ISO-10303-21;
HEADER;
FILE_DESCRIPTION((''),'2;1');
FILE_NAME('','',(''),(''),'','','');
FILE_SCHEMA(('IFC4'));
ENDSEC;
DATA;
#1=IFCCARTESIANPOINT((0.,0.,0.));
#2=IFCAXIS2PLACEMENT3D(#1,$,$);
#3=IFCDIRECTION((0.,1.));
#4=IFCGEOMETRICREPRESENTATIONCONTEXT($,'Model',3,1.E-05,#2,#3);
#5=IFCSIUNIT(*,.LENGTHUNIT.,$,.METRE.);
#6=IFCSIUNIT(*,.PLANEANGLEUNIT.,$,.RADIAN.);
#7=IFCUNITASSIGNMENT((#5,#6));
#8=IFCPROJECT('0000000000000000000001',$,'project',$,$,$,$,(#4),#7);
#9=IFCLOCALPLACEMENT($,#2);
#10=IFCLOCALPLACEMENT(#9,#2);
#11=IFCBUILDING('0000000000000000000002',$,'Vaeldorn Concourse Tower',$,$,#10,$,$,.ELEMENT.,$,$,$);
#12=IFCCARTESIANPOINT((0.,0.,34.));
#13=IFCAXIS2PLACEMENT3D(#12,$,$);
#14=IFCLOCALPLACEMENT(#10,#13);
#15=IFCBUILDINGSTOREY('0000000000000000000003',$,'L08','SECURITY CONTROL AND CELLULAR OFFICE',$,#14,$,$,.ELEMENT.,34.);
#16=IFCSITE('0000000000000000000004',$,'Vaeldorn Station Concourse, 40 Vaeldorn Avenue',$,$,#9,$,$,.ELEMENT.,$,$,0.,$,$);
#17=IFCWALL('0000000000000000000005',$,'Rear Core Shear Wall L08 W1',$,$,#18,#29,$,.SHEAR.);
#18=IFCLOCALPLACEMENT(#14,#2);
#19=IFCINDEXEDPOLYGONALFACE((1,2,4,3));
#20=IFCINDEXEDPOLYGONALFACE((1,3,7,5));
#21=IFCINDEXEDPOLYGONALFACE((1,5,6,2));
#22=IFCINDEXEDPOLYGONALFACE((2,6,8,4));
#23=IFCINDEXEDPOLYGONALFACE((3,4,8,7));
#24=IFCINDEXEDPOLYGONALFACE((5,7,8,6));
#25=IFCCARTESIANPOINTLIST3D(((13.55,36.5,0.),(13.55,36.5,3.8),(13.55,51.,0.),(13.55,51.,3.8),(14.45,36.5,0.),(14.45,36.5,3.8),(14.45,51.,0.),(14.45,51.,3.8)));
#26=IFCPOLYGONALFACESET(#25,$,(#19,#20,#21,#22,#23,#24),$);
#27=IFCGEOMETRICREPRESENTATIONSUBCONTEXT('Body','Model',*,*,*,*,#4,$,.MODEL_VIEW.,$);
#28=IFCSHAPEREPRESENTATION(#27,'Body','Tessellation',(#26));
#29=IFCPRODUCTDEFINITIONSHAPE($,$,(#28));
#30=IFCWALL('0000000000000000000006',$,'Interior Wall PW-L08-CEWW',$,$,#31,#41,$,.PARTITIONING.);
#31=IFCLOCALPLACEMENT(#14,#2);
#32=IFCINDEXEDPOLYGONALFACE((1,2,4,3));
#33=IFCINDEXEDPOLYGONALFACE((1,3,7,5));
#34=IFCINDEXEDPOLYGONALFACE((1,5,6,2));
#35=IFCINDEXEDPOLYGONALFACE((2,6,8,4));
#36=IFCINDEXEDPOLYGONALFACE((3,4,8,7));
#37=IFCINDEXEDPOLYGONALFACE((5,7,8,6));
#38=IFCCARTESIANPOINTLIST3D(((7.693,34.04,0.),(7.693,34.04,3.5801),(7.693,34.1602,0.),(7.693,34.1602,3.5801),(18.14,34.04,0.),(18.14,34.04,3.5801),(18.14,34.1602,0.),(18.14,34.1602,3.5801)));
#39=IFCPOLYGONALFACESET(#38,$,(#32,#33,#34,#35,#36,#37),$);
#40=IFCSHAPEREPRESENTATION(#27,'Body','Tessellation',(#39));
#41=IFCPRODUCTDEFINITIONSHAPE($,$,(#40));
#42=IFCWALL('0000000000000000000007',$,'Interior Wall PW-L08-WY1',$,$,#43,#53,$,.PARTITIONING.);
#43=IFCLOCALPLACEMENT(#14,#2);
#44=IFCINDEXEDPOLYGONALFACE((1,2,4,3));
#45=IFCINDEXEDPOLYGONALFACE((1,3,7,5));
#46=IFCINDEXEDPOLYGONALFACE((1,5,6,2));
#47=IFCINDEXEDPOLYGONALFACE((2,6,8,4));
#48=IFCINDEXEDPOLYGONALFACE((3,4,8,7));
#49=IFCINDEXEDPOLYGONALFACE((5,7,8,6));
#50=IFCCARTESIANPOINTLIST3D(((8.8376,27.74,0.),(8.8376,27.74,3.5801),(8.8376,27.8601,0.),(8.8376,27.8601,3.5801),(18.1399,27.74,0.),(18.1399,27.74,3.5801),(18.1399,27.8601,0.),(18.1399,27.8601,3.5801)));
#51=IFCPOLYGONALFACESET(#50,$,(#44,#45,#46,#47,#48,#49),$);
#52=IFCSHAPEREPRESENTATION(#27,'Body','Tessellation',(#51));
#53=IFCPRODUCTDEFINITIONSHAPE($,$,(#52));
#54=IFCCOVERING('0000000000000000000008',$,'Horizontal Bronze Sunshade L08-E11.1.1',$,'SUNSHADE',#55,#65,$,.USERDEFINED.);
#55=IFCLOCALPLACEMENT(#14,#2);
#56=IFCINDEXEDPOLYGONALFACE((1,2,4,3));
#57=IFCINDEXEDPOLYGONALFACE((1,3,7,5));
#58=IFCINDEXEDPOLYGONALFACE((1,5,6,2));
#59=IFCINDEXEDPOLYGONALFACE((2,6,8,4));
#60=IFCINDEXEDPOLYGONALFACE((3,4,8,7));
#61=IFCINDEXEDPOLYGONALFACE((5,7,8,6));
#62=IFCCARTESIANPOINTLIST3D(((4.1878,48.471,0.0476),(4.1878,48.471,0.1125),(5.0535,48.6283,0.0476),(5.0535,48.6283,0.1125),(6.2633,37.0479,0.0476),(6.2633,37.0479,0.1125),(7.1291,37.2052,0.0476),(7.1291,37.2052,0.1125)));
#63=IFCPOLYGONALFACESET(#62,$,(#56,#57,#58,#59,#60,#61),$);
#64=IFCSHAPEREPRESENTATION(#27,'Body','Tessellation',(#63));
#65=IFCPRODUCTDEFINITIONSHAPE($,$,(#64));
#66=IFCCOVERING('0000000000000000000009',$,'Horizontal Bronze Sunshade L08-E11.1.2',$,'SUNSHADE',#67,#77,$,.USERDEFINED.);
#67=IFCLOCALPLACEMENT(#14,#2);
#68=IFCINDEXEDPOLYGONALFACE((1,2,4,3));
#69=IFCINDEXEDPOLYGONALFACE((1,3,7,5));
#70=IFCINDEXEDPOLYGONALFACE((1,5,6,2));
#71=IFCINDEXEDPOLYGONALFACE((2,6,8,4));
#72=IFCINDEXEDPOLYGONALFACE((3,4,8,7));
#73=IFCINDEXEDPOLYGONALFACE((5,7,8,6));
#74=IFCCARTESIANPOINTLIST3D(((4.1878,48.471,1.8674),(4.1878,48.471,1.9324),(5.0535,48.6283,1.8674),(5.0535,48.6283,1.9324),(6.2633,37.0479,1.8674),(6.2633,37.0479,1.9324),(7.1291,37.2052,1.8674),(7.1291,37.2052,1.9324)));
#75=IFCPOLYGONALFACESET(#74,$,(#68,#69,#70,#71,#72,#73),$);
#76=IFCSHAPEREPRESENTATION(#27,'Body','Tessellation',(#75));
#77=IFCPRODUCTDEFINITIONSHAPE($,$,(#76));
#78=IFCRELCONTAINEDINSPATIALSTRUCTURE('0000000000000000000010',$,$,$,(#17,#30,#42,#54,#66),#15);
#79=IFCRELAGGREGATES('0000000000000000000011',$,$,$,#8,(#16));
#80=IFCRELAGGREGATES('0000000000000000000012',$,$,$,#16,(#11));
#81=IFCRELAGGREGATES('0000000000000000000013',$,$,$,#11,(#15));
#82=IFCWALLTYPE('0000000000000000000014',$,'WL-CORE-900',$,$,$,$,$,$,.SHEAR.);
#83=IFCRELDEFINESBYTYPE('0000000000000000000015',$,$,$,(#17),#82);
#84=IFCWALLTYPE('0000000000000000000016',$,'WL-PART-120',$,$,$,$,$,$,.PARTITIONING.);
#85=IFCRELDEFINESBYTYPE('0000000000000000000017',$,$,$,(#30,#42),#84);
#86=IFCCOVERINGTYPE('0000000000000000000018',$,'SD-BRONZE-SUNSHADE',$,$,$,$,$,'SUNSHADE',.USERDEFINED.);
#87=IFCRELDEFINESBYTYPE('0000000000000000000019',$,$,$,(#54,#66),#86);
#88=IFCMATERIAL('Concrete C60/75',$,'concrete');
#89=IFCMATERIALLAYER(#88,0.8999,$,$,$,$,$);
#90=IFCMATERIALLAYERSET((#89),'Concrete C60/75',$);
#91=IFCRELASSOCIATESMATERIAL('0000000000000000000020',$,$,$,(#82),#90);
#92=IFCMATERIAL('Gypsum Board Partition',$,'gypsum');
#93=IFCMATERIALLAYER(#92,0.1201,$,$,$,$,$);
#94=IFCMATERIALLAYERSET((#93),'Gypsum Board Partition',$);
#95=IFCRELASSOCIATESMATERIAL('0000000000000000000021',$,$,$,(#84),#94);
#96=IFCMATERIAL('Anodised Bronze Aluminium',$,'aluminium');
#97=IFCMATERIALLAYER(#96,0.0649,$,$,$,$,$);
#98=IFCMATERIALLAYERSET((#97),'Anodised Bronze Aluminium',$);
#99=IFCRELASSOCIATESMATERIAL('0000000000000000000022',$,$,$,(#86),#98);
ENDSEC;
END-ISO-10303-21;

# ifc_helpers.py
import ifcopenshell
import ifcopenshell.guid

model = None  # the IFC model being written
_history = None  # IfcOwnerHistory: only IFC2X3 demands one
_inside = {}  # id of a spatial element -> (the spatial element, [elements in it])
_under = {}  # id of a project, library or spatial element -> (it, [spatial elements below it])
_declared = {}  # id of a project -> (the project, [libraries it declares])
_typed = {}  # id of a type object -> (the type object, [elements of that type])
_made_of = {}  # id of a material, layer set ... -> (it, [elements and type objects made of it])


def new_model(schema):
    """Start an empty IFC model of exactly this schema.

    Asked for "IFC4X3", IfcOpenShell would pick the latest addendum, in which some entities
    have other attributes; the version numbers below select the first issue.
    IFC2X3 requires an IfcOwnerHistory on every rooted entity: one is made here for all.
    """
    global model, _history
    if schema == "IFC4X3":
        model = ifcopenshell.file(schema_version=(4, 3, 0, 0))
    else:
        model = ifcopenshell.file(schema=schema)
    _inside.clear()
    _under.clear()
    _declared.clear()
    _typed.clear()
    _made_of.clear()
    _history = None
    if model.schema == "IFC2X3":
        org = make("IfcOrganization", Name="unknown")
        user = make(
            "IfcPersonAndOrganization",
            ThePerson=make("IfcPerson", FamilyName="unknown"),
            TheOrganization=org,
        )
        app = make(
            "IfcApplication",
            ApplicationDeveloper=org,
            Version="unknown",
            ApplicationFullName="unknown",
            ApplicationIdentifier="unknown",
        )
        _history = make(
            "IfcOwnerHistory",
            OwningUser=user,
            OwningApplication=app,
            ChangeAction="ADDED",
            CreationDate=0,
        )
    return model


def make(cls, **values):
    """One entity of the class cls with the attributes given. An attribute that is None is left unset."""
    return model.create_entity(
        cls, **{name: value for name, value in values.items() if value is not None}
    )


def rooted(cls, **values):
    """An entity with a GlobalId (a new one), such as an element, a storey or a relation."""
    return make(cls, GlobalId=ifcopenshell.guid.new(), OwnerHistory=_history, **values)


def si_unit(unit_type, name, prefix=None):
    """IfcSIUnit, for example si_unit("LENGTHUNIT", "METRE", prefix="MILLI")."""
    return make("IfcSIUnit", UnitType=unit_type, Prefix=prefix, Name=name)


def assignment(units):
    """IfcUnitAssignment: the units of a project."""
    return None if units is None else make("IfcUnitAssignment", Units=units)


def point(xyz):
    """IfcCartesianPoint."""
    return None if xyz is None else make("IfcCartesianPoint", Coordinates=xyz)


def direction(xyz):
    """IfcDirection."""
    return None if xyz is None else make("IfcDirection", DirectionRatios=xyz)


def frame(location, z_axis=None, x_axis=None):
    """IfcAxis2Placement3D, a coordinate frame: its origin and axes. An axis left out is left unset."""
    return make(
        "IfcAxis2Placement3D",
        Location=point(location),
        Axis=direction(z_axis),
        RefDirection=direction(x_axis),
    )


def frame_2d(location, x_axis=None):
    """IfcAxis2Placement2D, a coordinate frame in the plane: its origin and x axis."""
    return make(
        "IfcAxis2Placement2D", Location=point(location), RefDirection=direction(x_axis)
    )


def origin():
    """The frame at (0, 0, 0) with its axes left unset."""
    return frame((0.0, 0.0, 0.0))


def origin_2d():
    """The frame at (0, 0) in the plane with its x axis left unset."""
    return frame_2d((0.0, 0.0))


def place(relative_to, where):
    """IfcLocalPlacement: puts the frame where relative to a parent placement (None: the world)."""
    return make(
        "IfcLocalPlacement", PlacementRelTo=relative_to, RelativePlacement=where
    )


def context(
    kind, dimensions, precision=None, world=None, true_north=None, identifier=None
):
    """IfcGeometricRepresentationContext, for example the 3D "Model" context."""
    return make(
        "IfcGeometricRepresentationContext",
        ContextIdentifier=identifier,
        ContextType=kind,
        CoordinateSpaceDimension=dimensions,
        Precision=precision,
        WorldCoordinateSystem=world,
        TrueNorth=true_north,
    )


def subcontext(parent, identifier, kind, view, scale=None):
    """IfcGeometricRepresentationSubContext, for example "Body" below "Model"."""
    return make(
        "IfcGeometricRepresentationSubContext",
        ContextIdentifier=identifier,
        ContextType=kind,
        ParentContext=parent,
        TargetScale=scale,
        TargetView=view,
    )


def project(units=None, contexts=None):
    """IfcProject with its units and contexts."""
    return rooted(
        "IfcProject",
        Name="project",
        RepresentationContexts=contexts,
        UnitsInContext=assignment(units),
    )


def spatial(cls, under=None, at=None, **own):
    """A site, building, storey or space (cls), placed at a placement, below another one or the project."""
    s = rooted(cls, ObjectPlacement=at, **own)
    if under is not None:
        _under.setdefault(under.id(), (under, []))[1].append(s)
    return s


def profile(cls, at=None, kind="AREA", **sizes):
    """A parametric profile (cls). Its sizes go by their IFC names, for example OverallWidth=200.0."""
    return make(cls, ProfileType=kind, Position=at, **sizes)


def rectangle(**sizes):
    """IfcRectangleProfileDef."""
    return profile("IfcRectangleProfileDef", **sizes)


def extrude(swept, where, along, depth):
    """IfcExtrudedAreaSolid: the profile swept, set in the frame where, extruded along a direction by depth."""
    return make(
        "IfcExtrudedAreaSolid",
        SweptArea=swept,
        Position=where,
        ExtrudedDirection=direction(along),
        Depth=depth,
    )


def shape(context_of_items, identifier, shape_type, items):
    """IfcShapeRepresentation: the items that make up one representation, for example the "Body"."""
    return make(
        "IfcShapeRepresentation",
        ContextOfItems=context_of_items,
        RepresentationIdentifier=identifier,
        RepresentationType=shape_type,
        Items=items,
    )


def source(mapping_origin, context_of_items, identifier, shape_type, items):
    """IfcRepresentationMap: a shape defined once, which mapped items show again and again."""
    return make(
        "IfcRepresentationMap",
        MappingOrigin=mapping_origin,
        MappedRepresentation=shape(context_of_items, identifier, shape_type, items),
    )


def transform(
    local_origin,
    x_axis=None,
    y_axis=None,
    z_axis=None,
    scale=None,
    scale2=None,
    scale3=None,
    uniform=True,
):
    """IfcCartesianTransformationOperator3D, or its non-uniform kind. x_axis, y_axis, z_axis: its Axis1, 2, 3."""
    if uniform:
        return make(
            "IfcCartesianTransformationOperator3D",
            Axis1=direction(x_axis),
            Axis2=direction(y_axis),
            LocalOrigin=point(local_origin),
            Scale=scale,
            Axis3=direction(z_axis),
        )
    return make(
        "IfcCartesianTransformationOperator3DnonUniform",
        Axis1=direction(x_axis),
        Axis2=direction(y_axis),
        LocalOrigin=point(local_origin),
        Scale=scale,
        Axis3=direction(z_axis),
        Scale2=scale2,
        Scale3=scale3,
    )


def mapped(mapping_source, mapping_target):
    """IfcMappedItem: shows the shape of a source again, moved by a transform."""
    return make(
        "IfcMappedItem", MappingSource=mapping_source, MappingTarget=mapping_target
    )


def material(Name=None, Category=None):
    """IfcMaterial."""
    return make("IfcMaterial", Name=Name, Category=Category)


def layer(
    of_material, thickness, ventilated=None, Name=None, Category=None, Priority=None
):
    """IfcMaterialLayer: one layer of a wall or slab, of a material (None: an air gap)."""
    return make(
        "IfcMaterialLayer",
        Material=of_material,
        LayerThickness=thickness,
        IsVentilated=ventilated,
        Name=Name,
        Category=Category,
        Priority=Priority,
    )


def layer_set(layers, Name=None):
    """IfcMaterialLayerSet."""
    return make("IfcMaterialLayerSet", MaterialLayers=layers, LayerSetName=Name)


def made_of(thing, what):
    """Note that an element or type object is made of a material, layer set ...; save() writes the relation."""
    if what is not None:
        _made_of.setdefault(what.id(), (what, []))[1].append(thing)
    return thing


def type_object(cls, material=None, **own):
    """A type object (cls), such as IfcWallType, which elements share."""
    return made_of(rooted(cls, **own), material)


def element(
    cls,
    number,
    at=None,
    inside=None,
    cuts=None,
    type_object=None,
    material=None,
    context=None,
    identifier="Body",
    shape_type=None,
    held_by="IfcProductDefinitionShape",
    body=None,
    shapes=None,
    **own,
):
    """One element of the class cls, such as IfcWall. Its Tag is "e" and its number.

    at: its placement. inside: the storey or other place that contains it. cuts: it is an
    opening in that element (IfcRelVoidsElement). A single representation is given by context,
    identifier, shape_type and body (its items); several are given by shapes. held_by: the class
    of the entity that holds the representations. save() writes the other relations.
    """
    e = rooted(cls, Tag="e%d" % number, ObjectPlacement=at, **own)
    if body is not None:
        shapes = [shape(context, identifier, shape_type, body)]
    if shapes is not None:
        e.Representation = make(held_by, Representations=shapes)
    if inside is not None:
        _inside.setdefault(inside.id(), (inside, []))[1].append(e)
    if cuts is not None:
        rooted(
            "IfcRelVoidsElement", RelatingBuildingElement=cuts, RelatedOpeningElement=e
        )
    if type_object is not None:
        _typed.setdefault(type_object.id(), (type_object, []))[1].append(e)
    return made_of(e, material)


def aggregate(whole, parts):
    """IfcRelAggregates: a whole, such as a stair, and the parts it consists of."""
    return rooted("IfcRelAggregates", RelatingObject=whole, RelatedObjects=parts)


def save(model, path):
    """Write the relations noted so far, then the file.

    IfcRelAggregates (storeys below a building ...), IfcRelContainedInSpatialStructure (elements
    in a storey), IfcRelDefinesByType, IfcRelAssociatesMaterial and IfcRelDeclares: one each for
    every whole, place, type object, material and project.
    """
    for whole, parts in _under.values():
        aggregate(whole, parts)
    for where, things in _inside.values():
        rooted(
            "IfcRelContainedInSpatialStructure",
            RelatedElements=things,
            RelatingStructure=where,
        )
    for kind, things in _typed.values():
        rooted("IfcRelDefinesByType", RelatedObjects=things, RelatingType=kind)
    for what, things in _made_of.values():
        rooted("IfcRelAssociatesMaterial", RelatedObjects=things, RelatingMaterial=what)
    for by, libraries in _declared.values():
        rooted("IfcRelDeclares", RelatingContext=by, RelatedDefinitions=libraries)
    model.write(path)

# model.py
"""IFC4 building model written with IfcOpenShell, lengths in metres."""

from ifc_helpers import new_model, si_unit, direction, frame, frame_2d, origin, origin_2d, place, context, subcontext, project, spatial, rectangle, extrude, source, transform, mapped, material, layer, layer_set, type_object, element, save


model = new_model("IFC4")

# Units and contexts
model_context = context("Model", 3, precision=1e-05, world=origin(), true_north=direction((0.0, 1.0)))
body_context = subcontext(model_context, "Body", "Model", "MODEL_VIEW")
ifc_project = project(units=[si_unit("LENGTHUNIT", "METRE"), si_unit("PLANEANGLEUNIT", "RADIAN")], contexts=[model_context])

# Site, building, storey
site_placement = place(None, origin())
site = spatial("IfcSite", under=ifc_project, at=site_placement, Name="Vaeldorn Station Concourse, 40 Vaeldorn Avenue", CompositionType="ELEMENT", RefElevation=0.0)
building_placement = place(site_placement, origin())
building = spatial("IfcBuilding", under=site, at=building_placement, Name="Vaeldorn Concourse Tower", CompositionType="ELEMENT")
storey_placement = place(building_placement, frame((0.0, 0.0, 34.0)))
storey = spatial("IfcBuildingStorey", under=building, at=storey_placement, Name="L08", Description="SECURITY CONTROL AND CELLULAR OFFICE", CompositionType="ELEMENT", Elevation=34.0)

# Shared definitions
ifc_material_1 = material(Name="Concrete C60/75", Category="concrete")

# Shared definitions
ifc_material_2 = material(Name="Anodised Bronze Aluminium", Category="aluminium")

# Walls
ifc_layer_1 = layer(ifc_material_1, 0.8999)
ifc_layer_set_1 = layer_set([ifc_layer_1], Name="Concrete C60/75")
wall_type_1 = type_object("IfcWallType", Name="WL-CORE-900", PredefinedType="SHEAR", material=ifc_layer_set_1)
wall_1_placement = place(storey_placement, frame((14.0, 36.5, 0.0), z_axis=(0.0, 0.0, 1.0), x_axis=(0.0, 1.0, 0.0)))
element("IfcWall", 1, at=wall_1_placement, inside=storey, type_object=wall_type_1, Name="Rear Core Shear Wall L08 W1", PredefinedType="SHEAR", context=body_context, shape_type="SweptSolid", body=[
    extrude(rectangle(XDim=14.5, YDim=0.8999, at=frame_2d((7.25, 0.0))), origin(), (0.0, 0.0, 1.0), 3.8),
])
ifc_material_3 = material(Name="Gypsum Board Partition", Category="gypsum")
ifc_layer_2 = layer(ifc_material_3, 0.1201)
ifc_layer_set_2 = layer_set([ifc_layer_2], Name="Gypsum Board Partition")
wall_type_2 = type_object("IfcWallType", Name="WL-PART-120", PredefinedType="PARTITIONING", material=ifc_layer_set_2)
wall_2_placement = place(storey_placement, frame((7.6929, 34.1001, 0.0), z_axis=(0.0, 0.0, 1.0), x_axis=(1.0, 0.0, 0.0)))
element("IfcWall", 2, at=wall_2_placement, inside=storey, type_object=wall_type_2, Name="Interior Wall PW-L08-CEWW", PredefinedType="PARTITIONING", context=body_context, shape_type="SweptSolid", body=[
    extrude(rectangle(XDim=10.447, YDim=0.1201, at=frame_2d((5.2236, 0.0))), origin(), (0.0, 0.0, 1.0), 3.5801),
])

# Wall
wall_3_placement = place(storey_placement, frame((8.8376, 27.8, 0.0), z_axis=(0.0, 0.0, 1.0), x_axis=(1.0, 0.0, 0.0)))
element("IfcWall", 3, at=wall_3_placement, inside=storey, type_object=wall_type_2, Name="Interior Wall PW-L08-WY1", PredefinedType="PARTITIONING", context=body_context, shape_type="SweptSolid", body=[
    extrude(rectangle(XDim=9.3022, YDim=0.1201, at=frame_2d((4.6511, 0.0))), origin(), (0.0, 0.0, 1.0), 3.5801),
])

# Coverings
ifc_layer_3 = layer(ifc_material_2, 0.0649)
ifc_layer_set_3 = layer_set([ifc_layer_3], Name="Anodised Bronze Aluminium")
covering_type = type_object("IfcCoveringType", Name="SD-BRONZE-SUNSHADE", ElementType="SUNSHADE", PredefinedType="USERDEFINED", material=ifc_layer_set_3)
shared_shape_1 = source(origin(), body_context, "Body", "SweptSolid", [
    extrude(rectangle(XDim=11.6101, YDim=0.8799, at=origin_2d()), origin(), (0.0, 0.0, 1.0), 0.0649),
])
for number, where, z_axis, x_axis, name in (
    (4, (5.6584, 42.8381, 0.0476), (0.0, 0.0, 1.0), (0.178768, -0.983891, 0.0), "Horizontal Bronze Sunshade L08-E11.1.1"),
    (5, (5.6584, 42.8381, 1.8674), (0.0, 0.0, 1.0), (0.178768, -0.983891, 0.0), "Horizontal Bronze Sunshade L08-E11.1.2"),
):
    element("IfcCovering", number, at=place(storey_placement, frame(where, z_axis=z_axis, x_axis=x_axis)), inside=storey, type_object=covering_type, Name=name, ObjectType="SUNSHADE", PredefinedType="USERDEFINED", context=body_context, shape_type="MappedRepresentation", body=[
        mapped(shared_shape_1, transform((0.0, 0.0, 0.0), scale=1.0)),
    ])

save(model, "model.ifc")
